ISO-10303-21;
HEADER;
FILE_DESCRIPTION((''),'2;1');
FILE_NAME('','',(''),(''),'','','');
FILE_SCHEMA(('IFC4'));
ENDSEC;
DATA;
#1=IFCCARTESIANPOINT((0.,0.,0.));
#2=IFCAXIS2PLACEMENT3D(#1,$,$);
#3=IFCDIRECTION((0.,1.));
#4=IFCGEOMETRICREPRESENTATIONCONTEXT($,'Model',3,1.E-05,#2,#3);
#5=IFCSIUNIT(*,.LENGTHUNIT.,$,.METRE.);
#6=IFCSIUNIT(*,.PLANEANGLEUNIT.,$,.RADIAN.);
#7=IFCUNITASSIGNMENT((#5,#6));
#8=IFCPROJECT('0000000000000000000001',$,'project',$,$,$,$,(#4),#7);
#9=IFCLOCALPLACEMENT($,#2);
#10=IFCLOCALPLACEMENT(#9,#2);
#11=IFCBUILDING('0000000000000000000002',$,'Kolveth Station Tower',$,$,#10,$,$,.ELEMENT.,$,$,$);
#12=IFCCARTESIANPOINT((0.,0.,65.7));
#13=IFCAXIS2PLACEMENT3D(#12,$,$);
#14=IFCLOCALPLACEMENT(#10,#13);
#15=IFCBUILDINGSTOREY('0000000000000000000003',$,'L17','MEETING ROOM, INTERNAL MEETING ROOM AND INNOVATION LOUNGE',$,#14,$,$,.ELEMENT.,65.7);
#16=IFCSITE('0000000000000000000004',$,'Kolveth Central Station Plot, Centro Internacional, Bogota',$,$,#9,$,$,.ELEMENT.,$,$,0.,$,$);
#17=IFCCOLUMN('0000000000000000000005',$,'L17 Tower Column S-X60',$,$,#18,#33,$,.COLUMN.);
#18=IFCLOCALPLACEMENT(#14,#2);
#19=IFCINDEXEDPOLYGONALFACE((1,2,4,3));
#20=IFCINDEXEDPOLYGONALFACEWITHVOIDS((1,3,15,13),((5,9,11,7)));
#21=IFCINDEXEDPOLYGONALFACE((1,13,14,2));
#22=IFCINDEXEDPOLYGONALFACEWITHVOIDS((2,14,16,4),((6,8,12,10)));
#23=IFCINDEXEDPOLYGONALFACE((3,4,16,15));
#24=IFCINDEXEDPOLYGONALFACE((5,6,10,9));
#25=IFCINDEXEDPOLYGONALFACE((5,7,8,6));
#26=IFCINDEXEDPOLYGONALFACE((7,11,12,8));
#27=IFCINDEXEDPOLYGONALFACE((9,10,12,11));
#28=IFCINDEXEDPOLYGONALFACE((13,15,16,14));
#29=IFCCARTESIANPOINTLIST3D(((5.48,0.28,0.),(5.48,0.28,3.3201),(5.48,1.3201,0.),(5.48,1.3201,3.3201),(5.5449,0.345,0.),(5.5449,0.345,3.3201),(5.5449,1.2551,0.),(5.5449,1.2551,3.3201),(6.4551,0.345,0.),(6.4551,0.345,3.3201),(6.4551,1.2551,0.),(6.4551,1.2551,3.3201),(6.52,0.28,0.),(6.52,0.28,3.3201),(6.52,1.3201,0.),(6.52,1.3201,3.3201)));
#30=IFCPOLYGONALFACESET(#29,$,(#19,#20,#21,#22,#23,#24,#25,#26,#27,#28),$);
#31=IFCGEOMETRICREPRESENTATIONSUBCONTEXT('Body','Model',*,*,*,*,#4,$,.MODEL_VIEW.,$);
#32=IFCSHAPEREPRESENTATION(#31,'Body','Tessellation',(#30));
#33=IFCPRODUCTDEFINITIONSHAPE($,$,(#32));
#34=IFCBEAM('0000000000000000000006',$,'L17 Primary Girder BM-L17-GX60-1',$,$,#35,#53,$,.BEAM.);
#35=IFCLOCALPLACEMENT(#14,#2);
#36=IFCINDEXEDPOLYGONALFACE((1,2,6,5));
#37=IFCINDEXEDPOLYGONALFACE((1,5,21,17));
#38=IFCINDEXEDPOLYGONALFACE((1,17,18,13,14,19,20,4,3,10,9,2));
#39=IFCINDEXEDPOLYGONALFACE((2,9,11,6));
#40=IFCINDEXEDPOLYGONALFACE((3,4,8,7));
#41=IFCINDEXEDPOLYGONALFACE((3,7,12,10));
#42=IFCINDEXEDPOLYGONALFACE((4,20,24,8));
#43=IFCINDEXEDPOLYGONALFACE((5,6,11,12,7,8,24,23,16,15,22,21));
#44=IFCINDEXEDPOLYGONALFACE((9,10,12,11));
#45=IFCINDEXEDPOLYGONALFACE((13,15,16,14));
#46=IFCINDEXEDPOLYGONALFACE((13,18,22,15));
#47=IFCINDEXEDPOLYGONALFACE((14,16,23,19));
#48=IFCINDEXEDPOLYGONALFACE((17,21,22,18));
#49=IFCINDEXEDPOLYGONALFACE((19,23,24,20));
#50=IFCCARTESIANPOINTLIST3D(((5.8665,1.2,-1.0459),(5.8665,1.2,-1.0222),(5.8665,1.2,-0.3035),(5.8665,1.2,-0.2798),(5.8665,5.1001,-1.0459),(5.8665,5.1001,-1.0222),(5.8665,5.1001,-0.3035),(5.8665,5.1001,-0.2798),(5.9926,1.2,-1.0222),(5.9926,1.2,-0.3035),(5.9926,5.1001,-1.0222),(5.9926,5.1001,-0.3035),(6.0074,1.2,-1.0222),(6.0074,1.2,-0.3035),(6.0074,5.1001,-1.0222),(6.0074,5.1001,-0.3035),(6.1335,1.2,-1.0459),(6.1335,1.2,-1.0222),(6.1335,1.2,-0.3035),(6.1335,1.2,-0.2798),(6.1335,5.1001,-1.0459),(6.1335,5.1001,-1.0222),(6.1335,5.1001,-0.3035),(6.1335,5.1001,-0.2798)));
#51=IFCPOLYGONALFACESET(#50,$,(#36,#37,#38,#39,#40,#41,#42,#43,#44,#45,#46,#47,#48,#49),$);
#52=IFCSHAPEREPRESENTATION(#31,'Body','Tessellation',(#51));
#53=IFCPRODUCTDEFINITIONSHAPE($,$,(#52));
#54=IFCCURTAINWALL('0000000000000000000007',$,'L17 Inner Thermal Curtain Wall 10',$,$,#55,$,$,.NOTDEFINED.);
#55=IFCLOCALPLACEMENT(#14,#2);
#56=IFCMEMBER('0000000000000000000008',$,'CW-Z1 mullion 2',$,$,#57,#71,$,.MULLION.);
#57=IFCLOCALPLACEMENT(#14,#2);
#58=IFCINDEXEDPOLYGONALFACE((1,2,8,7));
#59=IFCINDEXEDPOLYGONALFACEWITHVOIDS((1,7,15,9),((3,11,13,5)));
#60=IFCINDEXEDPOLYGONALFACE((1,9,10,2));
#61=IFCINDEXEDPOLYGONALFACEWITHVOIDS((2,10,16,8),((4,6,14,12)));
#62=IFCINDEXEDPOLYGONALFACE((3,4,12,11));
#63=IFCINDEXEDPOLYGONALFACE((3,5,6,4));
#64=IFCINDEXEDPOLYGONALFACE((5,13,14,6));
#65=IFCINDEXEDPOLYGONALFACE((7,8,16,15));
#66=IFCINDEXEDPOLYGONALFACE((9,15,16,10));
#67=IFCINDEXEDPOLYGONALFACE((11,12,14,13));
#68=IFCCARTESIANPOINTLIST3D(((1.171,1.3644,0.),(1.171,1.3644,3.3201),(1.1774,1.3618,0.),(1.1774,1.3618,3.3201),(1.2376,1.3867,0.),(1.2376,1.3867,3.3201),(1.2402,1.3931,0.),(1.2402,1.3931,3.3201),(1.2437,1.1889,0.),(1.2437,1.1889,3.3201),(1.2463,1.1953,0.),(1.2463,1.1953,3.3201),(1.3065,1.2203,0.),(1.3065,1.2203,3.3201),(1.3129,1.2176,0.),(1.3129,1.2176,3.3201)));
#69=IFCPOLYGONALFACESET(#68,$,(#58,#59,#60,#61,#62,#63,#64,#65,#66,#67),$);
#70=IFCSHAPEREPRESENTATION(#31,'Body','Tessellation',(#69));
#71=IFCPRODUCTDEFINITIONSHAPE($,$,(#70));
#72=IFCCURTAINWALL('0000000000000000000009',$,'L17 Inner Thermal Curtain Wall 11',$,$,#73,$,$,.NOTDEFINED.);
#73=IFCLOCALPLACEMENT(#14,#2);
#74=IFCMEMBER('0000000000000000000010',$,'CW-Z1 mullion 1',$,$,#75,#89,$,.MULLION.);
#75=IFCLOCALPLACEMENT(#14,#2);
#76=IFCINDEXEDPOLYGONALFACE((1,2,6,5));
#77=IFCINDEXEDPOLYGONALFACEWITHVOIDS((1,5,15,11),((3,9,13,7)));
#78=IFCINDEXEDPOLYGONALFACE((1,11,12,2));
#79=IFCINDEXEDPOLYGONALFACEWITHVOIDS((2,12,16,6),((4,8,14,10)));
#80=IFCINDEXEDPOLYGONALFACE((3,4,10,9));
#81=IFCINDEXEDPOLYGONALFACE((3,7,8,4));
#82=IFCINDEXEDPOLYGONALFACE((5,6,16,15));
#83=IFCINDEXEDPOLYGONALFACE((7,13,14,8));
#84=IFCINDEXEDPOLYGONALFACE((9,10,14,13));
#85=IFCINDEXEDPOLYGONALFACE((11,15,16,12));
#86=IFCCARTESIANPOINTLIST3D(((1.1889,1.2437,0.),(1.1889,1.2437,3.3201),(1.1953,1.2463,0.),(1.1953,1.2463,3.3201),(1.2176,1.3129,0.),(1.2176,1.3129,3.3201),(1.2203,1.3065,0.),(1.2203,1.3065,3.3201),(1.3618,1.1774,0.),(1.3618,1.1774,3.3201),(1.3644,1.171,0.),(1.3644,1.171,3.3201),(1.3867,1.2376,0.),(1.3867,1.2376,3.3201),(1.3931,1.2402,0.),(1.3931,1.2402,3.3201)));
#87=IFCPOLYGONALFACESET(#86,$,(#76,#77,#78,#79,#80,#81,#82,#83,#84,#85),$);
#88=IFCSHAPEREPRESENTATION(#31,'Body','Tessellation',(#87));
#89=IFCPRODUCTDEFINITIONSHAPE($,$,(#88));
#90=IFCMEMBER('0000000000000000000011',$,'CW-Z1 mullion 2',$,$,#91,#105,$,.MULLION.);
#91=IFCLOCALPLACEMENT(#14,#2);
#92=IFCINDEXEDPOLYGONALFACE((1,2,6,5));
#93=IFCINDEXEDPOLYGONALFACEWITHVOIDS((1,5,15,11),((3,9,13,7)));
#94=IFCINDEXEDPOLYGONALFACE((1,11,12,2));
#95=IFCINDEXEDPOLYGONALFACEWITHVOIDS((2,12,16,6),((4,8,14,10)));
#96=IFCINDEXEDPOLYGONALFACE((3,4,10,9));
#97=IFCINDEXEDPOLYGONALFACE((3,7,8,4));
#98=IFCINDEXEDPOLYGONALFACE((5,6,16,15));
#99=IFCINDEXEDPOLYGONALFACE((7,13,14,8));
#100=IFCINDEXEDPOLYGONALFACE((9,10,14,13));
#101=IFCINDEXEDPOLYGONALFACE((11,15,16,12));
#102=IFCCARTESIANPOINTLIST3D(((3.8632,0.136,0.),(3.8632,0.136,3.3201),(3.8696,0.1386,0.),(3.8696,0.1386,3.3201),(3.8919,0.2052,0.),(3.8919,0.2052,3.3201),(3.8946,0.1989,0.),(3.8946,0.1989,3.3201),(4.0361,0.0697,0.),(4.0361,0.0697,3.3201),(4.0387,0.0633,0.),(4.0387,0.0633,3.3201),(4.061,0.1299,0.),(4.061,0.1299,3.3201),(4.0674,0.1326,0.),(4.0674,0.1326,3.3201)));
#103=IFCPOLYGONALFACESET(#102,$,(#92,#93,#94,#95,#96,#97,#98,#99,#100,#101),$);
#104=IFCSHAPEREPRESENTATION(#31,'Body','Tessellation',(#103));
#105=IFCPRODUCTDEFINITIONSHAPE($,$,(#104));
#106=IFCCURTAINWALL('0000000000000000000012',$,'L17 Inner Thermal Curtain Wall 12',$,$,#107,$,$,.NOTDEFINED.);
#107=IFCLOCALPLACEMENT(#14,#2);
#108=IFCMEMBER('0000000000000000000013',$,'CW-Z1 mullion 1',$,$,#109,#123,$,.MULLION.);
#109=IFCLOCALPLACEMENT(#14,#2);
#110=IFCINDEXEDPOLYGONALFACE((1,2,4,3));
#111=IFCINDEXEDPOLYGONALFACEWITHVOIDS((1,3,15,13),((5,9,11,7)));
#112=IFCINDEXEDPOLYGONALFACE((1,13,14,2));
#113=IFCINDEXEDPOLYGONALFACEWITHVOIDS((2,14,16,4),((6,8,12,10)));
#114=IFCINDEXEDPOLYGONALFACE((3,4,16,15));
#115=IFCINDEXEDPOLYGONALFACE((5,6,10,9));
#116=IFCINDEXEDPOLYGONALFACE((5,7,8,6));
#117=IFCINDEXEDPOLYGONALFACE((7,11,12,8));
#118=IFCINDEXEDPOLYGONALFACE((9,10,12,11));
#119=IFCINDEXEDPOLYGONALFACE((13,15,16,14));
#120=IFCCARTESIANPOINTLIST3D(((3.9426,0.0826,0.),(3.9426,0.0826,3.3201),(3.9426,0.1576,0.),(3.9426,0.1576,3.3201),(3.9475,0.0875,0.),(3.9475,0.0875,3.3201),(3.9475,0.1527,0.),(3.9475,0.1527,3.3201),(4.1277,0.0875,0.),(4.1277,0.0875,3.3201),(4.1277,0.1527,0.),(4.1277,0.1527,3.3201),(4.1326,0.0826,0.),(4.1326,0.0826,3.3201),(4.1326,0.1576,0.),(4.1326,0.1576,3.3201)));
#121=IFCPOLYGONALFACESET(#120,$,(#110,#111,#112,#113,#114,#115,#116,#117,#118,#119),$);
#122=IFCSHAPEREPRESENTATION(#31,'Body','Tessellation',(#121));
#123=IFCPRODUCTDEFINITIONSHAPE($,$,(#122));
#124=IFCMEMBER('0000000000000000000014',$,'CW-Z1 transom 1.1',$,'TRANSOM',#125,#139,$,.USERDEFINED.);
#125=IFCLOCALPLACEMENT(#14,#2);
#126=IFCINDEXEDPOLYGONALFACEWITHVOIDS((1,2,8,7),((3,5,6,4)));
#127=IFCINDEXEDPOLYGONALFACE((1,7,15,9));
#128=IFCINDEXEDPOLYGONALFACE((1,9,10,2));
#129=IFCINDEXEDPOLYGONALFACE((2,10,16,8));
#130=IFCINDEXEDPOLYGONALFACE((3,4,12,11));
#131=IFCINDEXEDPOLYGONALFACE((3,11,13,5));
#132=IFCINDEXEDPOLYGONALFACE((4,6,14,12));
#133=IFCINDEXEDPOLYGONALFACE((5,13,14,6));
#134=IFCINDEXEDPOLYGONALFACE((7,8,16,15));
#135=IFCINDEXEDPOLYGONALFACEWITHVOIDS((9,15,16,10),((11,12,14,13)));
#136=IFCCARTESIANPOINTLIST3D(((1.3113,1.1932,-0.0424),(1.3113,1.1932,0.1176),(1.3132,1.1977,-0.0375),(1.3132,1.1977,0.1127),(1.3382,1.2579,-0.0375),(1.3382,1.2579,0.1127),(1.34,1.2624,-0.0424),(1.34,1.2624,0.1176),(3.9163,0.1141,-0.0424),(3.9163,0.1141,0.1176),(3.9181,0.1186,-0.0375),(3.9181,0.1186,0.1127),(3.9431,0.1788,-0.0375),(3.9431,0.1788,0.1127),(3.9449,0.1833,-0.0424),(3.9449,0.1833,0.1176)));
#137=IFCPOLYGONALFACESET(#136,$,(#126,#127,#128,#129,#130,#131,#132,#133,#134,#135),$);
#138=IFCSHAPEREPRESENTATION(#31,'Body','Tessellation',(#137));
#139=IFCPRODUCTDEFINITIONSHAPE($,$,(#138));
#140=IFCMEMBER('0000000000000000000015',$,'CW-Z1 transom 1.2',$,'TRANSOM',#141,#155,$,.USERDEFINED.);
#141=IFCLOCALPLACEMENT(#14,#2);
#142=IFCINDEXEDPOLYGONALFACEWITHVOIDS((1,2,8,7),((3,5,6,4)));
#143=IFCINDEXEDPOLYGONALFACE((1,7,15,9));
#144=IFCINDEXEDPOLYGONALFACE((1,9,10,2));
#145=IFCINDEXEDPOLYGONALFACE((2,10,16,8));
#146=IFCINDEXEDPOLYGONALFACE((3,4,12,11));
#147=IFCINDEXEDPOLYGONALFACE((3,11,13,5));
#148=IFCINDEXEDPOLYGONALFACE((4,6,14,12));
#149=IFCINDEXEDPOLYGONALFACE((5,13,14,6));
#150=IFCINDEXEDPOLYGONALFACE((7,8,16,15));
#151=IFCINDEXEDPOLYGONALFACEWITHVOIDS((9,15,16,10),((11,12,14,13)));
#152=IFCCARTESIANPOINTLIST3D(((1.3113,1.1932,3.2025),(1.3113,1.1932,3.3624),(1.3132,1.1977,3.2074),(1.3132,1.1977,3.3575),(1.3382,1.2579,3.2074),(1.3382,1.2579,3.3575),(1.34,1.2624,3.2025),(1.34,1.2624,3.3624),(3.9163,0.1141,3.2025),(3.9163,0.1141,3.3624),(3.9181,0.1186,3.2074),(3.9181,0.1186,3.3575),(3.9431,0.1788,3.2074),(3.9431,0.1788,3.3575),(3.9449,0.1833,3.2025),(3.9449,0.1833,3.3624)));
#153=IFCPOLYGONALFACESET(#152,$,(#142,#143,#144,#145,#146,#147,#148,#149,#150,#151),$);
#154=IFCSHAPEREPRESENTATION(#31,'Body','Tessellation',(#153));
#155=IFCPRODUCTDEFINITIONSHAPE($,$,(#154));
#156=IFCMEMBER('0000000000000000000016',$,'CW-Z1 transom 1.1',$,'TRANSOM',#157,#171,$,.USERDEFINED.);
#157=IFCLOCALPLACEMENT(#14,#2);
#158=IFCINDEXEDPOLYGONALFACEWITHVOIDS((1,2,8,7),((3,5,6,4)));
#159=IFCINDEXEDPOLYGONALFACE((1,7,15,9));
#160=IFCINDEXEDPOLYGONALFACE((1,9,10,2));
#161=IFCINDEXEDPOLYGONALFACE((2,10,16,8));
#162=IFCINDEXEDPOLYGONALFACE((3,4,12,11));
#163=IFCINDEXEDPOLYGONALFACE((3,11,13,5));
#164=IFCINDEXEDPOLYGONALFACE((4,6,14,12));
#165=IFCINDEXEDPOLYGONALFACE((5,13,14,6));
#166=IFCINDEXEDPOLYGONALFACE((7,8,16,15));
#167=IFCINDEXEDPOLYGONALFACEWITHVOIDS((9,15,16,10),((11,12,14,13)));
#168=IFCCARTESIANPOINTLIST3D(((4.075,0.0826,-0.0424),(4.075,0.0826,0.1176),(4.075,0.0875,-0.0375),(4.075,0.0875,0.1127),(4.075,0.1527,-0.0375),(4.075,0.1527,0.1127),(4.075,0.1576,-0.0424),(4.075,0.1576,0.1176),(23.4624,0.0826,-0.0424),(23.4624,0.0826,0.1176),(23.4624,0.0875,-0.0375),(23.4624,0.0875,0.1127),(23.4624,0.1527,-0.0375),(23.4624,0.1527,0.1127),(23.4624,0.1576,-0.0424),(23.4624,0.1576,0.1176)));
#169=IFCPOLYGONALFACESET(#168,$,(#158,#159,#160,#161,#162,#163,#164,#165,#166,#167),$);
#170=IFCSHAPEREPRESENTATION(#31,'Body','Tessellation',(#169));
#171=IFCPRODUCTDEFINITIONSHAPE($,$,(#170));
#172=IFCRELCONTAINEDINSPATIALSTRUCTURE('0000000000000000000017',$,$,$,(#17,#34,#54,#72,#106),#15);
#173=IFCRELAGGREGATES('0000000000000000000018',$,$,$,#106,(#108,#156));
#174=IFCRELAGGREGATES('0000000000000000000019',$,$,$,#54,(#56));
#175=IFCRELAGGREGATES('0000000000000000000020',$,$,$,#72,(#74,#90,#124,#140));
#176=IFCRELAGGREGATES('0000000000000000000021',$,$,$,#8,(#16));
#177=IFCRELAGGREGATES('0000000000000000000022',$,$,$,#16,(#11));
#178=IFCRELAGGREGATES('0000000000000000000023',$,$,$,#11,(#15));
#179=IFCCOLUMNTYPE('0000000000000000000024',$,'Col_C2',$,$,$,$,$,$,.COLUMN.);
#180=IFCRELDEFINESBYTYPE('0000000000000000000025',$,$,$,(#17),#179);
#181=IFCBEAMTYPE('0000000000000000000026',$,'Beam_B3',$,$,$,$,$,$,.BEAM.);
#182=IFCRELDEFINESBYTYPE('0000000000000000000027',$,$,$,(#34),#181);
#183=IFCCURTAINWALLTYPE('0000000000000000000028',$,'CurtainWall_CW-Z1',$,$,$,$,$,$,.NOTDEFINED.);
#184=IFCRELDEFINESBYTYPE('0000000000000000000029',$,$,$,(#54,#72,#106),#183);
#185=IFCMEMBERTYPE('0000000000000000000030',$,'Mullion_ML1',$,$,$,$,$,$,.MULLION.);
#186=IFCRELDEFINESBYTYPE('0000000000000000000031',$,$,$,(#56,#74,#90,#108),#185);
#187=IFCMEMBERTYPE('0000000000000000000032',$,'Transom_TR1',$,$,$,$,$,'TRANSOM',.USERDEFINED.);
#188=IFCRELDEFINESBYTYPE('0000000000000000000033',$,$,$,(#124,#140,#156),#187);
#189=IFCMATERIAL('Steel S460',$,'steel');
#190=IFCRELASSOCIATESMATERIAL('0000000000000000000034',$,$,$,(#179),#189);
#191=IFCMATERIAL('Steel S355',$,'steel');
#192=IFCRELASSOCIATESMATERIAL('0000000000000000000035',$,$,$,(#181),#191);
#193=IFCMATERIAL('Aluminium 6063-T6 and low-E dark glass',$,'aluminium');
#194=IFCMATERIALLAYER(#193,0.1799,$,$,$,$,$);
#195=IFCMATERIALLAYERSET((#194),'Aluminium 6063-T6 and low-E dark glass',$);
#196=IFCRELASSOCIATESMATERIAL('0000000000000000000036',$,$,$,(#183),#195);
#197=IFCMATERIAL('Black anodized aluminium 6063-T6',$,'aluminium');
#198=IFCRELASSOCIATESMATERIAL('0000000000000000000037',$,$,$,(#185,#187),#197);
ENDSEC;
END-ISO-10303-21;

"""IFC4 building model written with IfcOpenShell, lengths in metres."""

from ifc_helpers import new_model, si_unit, direction, frame, origin, origin_2d, place, context, subcontext, project, spatial, hollow_rectangle, i_section, extrude, source, transform, mapped, material, layer, layer_set, material_profile, profile_set, type_object, element, aggregate, save


model = new_model("IFC4")

# Units and contexts
model_context = context("Model", 3, precision=1e-05, world=origin(), true_north=direction((0.0, 1.0)))
body_context = subcontext(model_context, "Body", "Model", "MODEL_VIEW")
ifc_project = project(units=[si_unit("LENGTHUNIT", "METRE"), si_unit("PLANEANGLEUNIT", "RADIAN")], contexts=[model_context])

# Site, building, storey
site_placement = place(None, origin())
site = spatial("IfcSite", under=ifc_project, at=site_placement, Name="Kolveth Central Station Plot, Centro Internacional, Bogota", CompositionType="ELEMENT", RefElevation=0.0)
building_placement = place(site_placement, origin())
building = spatial("IfcBuilding", under=site, at=building_placement, Name="Kolveth Station Tower", CompositionType="ELEMENT")
storey_placement = place(building_placement, frame((0.0, 0.0, 65.7)))
storey = spatial("IfcBuildingStorey", under=building, at=storey_placement, Name="L17", Description="MEETING ROOM, INTERNAL MEETING ROOM AND INNOVATION LOUNGE", CompositionType="ELEMENT", Elevation=65.7)

# Column
ifc_material_1 = material(Name="Steel S460", Category="steel")
ifc_material_profile_1 = material_profile(ifc_material_1, hollow_rectangle(XDim=1.04, YDim=1.04, WallThickness=0.0649, at=origin_2d()), Name="BOX1040x1040x65")
ifc_profile_set_1 = profile_set([ifc_material_profile_1], Name="Steel S460")
column_type = type_object("IfcColumnType", Name="Col_C2", PredefinedType="COLUMN", material=ifc_profile_set_1)
shared_shape_1 = source(origin(), body_context, "Body", "SweptSolid", [
    extrude(hollow_rectangle(XDim=1.04, YDim=1.04, WallThickness=0.0649, at=origin_2d()), origin(), (0.0, 0.0, 1.0), 3.3201),
])
column_placement = place(storey_placement, frame((6.0, 0.8, 0.0), z_axis=(0.0, 0.0, 1.0), x_axis=(1.0, 0.0, 0.0)))
element("IfcColumn", 1, at=column_placement, inside=storey, type_object=column_type, Name="L17 Tower Column S-X60", PredefinedType="COLUMN", context=body_context, shape_type="MappedRepresentation", body=[
    mapped(shared_shape_1, transform((0.0, 0.0, 0.0), x_axis=(1.0, 0.0, 0.0), y_axis=(0.0, 1.0, 0.0), z_axis=(0.0, 0.0, 1.0), scale=1.0)),
])

# Beam
ifc_material_2 = material(Name="Steel S355", Category="steel")
ifc_material_profile_2 = material_profile(ifc_material_2, i_section(OverallWidth=0.2671, OverallDepth=0.7661, WebThickness=0.0149, FlangeThickness=0.0237, at=origin_2d()), Name="W760x185")
ifc_profile_set_2 = profile_set([ifc_material_profile_2], Name="Steel S355")
beam_type = type_object("IfcBeamType", Name="Beam_B3", PredefinedType="BEAM", material=ifc_profile_set_2)
shared_shape_2 = source(origin(), body_context, "Body", "SweptSolid", [
    extrude(i_section(OverallWidth=0.2671, OverallDepth=0.7661, WebThickness=0.0149, FlangeThickness=0.0237, at=origin_2d()), origin(), (0.0, 0.0, 1.0), 3.9001),
])
beam_placement = place(storey_placement, frame((6.0, 1.2, -0.6628), z_axis=(0.0, 1.0, 0.0), x_axis=(-1.0, 0.0, 0.0)))
element("IfcBeam", 2, at=beam_placement, inside=storey, type_object=beam_type, Name="L17 Primary Girder BM-L17-GX60-1", PredefinedType="BEAM", context=body_context, shape_type="MappedRepresentation", body=[
    mapped(shared_shape_2, transform((0.0, 0.0, 0.0), x_axis=(1.0, 0.0, 0.0), y_axis=(0.0, 1.0, 0.0), z_axis=(0.0, 0.0, 1.0), scale=1.0)),
])

# Curtain wall, member
ifc_material_3 = material(Name="Aluminium 6063-T6 and low-E dark glass", Category="aluminium")
ifc_layer_1 = layer(ifc_material_3, 0.1799)
ifc_layer_set_1 = layer_set([ifc_layer_1], Name="Aluminium 6063-T6 and low-E dark glass")
curtain_wall_type_1 = type_object("IfcCurtainWallType", Name="CurtainWall_CW-Z1", PredefinedType="NOTDEFINED", material=ifc_layer_set_1)
curtain_wall_1_placement = place(storey_placement, origin())
curtain_wall_1 = element("IfcCurtainWall", 3, at=curtain_wall_1_placement, inside=storey, type_object=curtain_wall_type_1, Name="L17 Inner Thermal Curtain Wall 10", PredefinedType="NOTDEFINED")
ifc_material_4 = material(Name="Black anodized aluminium 6063-T6", Category="aluminium")
ifc_material_profile_3 = material_profile(ifc_material_4, hollow_rectangle(XDim=0.075, YDim=0.1899, WallThickness=0.0049, at=origin_2d()), Name="ALU-75x190x5")
ifc_profile_set_3 = profile_set([ifc_material_profile_3], Name="Black anodized aluminium 6063-T6")
member_type_1 = type_object("IfcMemberType", Name="Mullion_ML1", PredefinedType="MULLION", material=ifc_profile_set_3)
shared_shape_3 = source(origin(), body_context, "Body", "SweptSolid", [
    extrude(hollow_rectangle(XDim=0.075, YDim=0.1899, WallThickness=0.0049, at=origin_2d()), origin(), (0.0, 0.0, 1.0), 3.3201),
])
member_1_placement = place(storey_placement, frame((1.2419, 1.291, 0.0), z_axis=(0.0, 0.0, 1.0), x_axis=(0.923884, 0.382673, 0.0)))
member_1 = element("IfcMember", 4, at=member_1_placement, type_object=member_type_1, Name="CW-Z1 mullion 2", PredefinedType="MULLION", context=body_context, shape_type="MappedRepresentation", body=[
    mapped(shared_shape_3, transform((0.0, 0.0, 0.0), x_axis=(1.0, 0.0, 0.0), y_axis=(0.0, 1.0, 0.0), z_axis=(0.0, 0.0, 1.0), scale=1.0)),
])

# Curtain wall, members
curtain_wall_2_placement = place(storey_placement, origin())
curtain_wall_2 = element("IfcCurtainWall", 5, at=curtain_wall_2_placement, inside=storey, type_object=curtain_wall_type_1, Name="L17 Inner Thermal Curtain Wall 11", PredefinedType="NOTDEFINED")
member_2_placement = place(storey_placement, frame((1.291, 1.2419, 0.0), z_axis=(0.0, 0.0, 1.0), x_axis=(0.382673, 0.923884, 0.0)))
member_2 = element("IfcMember", 6, at=member_2_placement, type_object=member_type_1, Name="CW-Z1 mullion 1", PredefinedType="MULLION", context=body_context, shape_type="MappedRepresentation", body=[
    mapped(shared_shape_3, transform((0.0, 0.0, 0.0), x_axis=(1.0, 0.0, 0.0), y_axis=(0.0, 1.0, 0.0), z_axis=(0.0, 0.0, 1.0), scale=1.0)),
])
member_3_placement = place(storey_placement, frame((3.9653, 0.1343, 0.0), z_axis=(0.0, 0.0, 1.0), x_axis=(0.382673, 0.923884, 0.0)))
member_3 = element("IfcMember", 7, at=member_3_placement, type_object=member_type_1, Name="CW-Z1 mullion 2", PredefinedType="MULLION", context=body_context, shape_type="MappedRepresentation", body=[
    mapped(shared_shape_3, transform((0.0, 0.0, 0.0), x_axis=(1.0, 0.0, 0.0), y_axis=(0.0, 1.0, 0.0), z_axis=(0.0, 0.0, 1.0), scale=1.0)),
])

# Curtain wall, member
curtain_wall_3_placement = place(storey_placement, origin())
curtain_wall_3 = element("IfcCurtainWall", 8, at=curtain_wall_3_placement, inside=storey, type_object=curtain_wall_type_1, Name="L17 Inner Thermal Curtain Wall 12", PredefinedType="NOTDEFINED")
member_4_placement = place(storey_placement, frame((4.0376, 0.1201, 0.0), z_axis=(0.0, 0.0, 1.0), x_axis=(0.0, 1.0, 0.0)))
member_4 = element("IfcMember", 9, at=member_4_placement, type_object=member_type_1, Name="CW-Z1 mullion 1", PredefinedType="MULLION", context=body_context, shape_type="MappedRepresentation", body=[
    mapped(shared_shape_3, transform((0.0, 0.0, 0.0), x_axis=(1.0, 0.0, 0.0), y_axis=(0.0, 1.0, 0.0), z_axis=(0.0, 0.0, 1.0), scale=1.0)),
])

# Members
ifc_material_profile_4 = material_profile(ifc_material_4, hollow_rectangle(XDim=0.075, YDim=0.1599, WallThickness=0.0049, at=origin_2d()), Name="ALU-75x160x5")
ifc_profile_set_4 = profile_set([ifc_material_profile_4], Name="Black anodized aluminium 6063-T6")
member_type_2 = type_object("IfcMemberType", Name="Transom_TR1", ElementType="TRANSOM", PredefinedType="USERDEFINED", material=ifc_profile_set_4)
shared_shape_4 = source(origin(), body_context, "Body", "SweptSolid", [
    extrude(hollow_rectangle(XDim=0.075, YDim=0.1599, WallThickness=0.0049, at=origin_2d()), origin(), (0.0, 0.0, 1.0), 2.8196),
])
member_5_placement = place(storey_placement, frame((1.3257, 1.2278, 0.0376), z_axis=(0.923869, -0.382709, 0.0), x_axis=(0.382709, 0.923869, 0.0)))
member_5 = element("IfcMember", 10, at=member_5_placement, type_object=member_type_2, Name="CW-Z1 transom 1.1", ObjectType="TRANSOM", PredefinedType="USERDEFINED", context=body_context, shape_type="MappedRepresentation", body=[
    mapped(shared_shape_4, transform((0.0, 0.0, 0.0), x_axis=(1.0, 0.0, 0.0), y_axis=(0.0, 1.0, 0.0), z_axis=(0.0, 0.0, 1.0), scale=1.0)),
])
member_6_placement = place(storey_placement, frame((1.3257, 1.2278, 3.2825), z_axis=(0.923869, -0.382709, 0.0), x_axis=(0.382709, 0.923869, 0.0)))
member_6 = element("IfcMember", 11, at=member_6_placement, type_object=member_type_2, Name="CW-Z1 transom 1.2", ObjectType="TRANSOM", PredefinedType="USERDEFINED", context=body_context, shape_type="MappedRepresentation", body=[
    mapped(shared_shape_4, transform((0.0, 0.0, 0.0), x_axis=(1.0, 0.0, 0.0), y_axis=(0.0, 1.0, 0.0), z_axis=(0.0, 0.0, 1.0), scale=1.0)),
])
shared_shape_5 = source(origin(), body_context, "Body", "SweptSolid", [
    extrude(hollow_rectangle(XDim=0.075, YDim=0.1599, WallThickness=0.0049, at=origin_2d()), origin(), (0.0, 0.0, 1.0), 19.3875),
])
member_7_placement = place(storey_placement, frame((4.075, 0.1201, 0.0376), z_axis=(1.0, 0.0, 0.0), x_axis=(0.0, 1.0, 0.0)))
member_7 = element("IfcMember", 12, at=member_7_placement, type_object=member_type_2, Name="CW-Z1 transom 1.1", ObjectType="TRANSOM", PredefinedType="USERDEFINED", context=body_context, shape_type="MappedRepresentation", body=[
    mapped(shared_shape_5, transform((0.0, 0.0, 0.0), x_axis=(1.0, 0.0, 0.0), y_axis=(0.0, 1.0, 0.0), z_axis=(0.0, 0.0, 1.0), scale=1.0)),
])
aggregate(curtain_wall_3, [member_4, member_7])

aggregate(curtain_wall_1, [member_1])
aggregate(curtain_wall_2, [member_2, member_3, member_5, member_6])

save(model, "model.ifc")
